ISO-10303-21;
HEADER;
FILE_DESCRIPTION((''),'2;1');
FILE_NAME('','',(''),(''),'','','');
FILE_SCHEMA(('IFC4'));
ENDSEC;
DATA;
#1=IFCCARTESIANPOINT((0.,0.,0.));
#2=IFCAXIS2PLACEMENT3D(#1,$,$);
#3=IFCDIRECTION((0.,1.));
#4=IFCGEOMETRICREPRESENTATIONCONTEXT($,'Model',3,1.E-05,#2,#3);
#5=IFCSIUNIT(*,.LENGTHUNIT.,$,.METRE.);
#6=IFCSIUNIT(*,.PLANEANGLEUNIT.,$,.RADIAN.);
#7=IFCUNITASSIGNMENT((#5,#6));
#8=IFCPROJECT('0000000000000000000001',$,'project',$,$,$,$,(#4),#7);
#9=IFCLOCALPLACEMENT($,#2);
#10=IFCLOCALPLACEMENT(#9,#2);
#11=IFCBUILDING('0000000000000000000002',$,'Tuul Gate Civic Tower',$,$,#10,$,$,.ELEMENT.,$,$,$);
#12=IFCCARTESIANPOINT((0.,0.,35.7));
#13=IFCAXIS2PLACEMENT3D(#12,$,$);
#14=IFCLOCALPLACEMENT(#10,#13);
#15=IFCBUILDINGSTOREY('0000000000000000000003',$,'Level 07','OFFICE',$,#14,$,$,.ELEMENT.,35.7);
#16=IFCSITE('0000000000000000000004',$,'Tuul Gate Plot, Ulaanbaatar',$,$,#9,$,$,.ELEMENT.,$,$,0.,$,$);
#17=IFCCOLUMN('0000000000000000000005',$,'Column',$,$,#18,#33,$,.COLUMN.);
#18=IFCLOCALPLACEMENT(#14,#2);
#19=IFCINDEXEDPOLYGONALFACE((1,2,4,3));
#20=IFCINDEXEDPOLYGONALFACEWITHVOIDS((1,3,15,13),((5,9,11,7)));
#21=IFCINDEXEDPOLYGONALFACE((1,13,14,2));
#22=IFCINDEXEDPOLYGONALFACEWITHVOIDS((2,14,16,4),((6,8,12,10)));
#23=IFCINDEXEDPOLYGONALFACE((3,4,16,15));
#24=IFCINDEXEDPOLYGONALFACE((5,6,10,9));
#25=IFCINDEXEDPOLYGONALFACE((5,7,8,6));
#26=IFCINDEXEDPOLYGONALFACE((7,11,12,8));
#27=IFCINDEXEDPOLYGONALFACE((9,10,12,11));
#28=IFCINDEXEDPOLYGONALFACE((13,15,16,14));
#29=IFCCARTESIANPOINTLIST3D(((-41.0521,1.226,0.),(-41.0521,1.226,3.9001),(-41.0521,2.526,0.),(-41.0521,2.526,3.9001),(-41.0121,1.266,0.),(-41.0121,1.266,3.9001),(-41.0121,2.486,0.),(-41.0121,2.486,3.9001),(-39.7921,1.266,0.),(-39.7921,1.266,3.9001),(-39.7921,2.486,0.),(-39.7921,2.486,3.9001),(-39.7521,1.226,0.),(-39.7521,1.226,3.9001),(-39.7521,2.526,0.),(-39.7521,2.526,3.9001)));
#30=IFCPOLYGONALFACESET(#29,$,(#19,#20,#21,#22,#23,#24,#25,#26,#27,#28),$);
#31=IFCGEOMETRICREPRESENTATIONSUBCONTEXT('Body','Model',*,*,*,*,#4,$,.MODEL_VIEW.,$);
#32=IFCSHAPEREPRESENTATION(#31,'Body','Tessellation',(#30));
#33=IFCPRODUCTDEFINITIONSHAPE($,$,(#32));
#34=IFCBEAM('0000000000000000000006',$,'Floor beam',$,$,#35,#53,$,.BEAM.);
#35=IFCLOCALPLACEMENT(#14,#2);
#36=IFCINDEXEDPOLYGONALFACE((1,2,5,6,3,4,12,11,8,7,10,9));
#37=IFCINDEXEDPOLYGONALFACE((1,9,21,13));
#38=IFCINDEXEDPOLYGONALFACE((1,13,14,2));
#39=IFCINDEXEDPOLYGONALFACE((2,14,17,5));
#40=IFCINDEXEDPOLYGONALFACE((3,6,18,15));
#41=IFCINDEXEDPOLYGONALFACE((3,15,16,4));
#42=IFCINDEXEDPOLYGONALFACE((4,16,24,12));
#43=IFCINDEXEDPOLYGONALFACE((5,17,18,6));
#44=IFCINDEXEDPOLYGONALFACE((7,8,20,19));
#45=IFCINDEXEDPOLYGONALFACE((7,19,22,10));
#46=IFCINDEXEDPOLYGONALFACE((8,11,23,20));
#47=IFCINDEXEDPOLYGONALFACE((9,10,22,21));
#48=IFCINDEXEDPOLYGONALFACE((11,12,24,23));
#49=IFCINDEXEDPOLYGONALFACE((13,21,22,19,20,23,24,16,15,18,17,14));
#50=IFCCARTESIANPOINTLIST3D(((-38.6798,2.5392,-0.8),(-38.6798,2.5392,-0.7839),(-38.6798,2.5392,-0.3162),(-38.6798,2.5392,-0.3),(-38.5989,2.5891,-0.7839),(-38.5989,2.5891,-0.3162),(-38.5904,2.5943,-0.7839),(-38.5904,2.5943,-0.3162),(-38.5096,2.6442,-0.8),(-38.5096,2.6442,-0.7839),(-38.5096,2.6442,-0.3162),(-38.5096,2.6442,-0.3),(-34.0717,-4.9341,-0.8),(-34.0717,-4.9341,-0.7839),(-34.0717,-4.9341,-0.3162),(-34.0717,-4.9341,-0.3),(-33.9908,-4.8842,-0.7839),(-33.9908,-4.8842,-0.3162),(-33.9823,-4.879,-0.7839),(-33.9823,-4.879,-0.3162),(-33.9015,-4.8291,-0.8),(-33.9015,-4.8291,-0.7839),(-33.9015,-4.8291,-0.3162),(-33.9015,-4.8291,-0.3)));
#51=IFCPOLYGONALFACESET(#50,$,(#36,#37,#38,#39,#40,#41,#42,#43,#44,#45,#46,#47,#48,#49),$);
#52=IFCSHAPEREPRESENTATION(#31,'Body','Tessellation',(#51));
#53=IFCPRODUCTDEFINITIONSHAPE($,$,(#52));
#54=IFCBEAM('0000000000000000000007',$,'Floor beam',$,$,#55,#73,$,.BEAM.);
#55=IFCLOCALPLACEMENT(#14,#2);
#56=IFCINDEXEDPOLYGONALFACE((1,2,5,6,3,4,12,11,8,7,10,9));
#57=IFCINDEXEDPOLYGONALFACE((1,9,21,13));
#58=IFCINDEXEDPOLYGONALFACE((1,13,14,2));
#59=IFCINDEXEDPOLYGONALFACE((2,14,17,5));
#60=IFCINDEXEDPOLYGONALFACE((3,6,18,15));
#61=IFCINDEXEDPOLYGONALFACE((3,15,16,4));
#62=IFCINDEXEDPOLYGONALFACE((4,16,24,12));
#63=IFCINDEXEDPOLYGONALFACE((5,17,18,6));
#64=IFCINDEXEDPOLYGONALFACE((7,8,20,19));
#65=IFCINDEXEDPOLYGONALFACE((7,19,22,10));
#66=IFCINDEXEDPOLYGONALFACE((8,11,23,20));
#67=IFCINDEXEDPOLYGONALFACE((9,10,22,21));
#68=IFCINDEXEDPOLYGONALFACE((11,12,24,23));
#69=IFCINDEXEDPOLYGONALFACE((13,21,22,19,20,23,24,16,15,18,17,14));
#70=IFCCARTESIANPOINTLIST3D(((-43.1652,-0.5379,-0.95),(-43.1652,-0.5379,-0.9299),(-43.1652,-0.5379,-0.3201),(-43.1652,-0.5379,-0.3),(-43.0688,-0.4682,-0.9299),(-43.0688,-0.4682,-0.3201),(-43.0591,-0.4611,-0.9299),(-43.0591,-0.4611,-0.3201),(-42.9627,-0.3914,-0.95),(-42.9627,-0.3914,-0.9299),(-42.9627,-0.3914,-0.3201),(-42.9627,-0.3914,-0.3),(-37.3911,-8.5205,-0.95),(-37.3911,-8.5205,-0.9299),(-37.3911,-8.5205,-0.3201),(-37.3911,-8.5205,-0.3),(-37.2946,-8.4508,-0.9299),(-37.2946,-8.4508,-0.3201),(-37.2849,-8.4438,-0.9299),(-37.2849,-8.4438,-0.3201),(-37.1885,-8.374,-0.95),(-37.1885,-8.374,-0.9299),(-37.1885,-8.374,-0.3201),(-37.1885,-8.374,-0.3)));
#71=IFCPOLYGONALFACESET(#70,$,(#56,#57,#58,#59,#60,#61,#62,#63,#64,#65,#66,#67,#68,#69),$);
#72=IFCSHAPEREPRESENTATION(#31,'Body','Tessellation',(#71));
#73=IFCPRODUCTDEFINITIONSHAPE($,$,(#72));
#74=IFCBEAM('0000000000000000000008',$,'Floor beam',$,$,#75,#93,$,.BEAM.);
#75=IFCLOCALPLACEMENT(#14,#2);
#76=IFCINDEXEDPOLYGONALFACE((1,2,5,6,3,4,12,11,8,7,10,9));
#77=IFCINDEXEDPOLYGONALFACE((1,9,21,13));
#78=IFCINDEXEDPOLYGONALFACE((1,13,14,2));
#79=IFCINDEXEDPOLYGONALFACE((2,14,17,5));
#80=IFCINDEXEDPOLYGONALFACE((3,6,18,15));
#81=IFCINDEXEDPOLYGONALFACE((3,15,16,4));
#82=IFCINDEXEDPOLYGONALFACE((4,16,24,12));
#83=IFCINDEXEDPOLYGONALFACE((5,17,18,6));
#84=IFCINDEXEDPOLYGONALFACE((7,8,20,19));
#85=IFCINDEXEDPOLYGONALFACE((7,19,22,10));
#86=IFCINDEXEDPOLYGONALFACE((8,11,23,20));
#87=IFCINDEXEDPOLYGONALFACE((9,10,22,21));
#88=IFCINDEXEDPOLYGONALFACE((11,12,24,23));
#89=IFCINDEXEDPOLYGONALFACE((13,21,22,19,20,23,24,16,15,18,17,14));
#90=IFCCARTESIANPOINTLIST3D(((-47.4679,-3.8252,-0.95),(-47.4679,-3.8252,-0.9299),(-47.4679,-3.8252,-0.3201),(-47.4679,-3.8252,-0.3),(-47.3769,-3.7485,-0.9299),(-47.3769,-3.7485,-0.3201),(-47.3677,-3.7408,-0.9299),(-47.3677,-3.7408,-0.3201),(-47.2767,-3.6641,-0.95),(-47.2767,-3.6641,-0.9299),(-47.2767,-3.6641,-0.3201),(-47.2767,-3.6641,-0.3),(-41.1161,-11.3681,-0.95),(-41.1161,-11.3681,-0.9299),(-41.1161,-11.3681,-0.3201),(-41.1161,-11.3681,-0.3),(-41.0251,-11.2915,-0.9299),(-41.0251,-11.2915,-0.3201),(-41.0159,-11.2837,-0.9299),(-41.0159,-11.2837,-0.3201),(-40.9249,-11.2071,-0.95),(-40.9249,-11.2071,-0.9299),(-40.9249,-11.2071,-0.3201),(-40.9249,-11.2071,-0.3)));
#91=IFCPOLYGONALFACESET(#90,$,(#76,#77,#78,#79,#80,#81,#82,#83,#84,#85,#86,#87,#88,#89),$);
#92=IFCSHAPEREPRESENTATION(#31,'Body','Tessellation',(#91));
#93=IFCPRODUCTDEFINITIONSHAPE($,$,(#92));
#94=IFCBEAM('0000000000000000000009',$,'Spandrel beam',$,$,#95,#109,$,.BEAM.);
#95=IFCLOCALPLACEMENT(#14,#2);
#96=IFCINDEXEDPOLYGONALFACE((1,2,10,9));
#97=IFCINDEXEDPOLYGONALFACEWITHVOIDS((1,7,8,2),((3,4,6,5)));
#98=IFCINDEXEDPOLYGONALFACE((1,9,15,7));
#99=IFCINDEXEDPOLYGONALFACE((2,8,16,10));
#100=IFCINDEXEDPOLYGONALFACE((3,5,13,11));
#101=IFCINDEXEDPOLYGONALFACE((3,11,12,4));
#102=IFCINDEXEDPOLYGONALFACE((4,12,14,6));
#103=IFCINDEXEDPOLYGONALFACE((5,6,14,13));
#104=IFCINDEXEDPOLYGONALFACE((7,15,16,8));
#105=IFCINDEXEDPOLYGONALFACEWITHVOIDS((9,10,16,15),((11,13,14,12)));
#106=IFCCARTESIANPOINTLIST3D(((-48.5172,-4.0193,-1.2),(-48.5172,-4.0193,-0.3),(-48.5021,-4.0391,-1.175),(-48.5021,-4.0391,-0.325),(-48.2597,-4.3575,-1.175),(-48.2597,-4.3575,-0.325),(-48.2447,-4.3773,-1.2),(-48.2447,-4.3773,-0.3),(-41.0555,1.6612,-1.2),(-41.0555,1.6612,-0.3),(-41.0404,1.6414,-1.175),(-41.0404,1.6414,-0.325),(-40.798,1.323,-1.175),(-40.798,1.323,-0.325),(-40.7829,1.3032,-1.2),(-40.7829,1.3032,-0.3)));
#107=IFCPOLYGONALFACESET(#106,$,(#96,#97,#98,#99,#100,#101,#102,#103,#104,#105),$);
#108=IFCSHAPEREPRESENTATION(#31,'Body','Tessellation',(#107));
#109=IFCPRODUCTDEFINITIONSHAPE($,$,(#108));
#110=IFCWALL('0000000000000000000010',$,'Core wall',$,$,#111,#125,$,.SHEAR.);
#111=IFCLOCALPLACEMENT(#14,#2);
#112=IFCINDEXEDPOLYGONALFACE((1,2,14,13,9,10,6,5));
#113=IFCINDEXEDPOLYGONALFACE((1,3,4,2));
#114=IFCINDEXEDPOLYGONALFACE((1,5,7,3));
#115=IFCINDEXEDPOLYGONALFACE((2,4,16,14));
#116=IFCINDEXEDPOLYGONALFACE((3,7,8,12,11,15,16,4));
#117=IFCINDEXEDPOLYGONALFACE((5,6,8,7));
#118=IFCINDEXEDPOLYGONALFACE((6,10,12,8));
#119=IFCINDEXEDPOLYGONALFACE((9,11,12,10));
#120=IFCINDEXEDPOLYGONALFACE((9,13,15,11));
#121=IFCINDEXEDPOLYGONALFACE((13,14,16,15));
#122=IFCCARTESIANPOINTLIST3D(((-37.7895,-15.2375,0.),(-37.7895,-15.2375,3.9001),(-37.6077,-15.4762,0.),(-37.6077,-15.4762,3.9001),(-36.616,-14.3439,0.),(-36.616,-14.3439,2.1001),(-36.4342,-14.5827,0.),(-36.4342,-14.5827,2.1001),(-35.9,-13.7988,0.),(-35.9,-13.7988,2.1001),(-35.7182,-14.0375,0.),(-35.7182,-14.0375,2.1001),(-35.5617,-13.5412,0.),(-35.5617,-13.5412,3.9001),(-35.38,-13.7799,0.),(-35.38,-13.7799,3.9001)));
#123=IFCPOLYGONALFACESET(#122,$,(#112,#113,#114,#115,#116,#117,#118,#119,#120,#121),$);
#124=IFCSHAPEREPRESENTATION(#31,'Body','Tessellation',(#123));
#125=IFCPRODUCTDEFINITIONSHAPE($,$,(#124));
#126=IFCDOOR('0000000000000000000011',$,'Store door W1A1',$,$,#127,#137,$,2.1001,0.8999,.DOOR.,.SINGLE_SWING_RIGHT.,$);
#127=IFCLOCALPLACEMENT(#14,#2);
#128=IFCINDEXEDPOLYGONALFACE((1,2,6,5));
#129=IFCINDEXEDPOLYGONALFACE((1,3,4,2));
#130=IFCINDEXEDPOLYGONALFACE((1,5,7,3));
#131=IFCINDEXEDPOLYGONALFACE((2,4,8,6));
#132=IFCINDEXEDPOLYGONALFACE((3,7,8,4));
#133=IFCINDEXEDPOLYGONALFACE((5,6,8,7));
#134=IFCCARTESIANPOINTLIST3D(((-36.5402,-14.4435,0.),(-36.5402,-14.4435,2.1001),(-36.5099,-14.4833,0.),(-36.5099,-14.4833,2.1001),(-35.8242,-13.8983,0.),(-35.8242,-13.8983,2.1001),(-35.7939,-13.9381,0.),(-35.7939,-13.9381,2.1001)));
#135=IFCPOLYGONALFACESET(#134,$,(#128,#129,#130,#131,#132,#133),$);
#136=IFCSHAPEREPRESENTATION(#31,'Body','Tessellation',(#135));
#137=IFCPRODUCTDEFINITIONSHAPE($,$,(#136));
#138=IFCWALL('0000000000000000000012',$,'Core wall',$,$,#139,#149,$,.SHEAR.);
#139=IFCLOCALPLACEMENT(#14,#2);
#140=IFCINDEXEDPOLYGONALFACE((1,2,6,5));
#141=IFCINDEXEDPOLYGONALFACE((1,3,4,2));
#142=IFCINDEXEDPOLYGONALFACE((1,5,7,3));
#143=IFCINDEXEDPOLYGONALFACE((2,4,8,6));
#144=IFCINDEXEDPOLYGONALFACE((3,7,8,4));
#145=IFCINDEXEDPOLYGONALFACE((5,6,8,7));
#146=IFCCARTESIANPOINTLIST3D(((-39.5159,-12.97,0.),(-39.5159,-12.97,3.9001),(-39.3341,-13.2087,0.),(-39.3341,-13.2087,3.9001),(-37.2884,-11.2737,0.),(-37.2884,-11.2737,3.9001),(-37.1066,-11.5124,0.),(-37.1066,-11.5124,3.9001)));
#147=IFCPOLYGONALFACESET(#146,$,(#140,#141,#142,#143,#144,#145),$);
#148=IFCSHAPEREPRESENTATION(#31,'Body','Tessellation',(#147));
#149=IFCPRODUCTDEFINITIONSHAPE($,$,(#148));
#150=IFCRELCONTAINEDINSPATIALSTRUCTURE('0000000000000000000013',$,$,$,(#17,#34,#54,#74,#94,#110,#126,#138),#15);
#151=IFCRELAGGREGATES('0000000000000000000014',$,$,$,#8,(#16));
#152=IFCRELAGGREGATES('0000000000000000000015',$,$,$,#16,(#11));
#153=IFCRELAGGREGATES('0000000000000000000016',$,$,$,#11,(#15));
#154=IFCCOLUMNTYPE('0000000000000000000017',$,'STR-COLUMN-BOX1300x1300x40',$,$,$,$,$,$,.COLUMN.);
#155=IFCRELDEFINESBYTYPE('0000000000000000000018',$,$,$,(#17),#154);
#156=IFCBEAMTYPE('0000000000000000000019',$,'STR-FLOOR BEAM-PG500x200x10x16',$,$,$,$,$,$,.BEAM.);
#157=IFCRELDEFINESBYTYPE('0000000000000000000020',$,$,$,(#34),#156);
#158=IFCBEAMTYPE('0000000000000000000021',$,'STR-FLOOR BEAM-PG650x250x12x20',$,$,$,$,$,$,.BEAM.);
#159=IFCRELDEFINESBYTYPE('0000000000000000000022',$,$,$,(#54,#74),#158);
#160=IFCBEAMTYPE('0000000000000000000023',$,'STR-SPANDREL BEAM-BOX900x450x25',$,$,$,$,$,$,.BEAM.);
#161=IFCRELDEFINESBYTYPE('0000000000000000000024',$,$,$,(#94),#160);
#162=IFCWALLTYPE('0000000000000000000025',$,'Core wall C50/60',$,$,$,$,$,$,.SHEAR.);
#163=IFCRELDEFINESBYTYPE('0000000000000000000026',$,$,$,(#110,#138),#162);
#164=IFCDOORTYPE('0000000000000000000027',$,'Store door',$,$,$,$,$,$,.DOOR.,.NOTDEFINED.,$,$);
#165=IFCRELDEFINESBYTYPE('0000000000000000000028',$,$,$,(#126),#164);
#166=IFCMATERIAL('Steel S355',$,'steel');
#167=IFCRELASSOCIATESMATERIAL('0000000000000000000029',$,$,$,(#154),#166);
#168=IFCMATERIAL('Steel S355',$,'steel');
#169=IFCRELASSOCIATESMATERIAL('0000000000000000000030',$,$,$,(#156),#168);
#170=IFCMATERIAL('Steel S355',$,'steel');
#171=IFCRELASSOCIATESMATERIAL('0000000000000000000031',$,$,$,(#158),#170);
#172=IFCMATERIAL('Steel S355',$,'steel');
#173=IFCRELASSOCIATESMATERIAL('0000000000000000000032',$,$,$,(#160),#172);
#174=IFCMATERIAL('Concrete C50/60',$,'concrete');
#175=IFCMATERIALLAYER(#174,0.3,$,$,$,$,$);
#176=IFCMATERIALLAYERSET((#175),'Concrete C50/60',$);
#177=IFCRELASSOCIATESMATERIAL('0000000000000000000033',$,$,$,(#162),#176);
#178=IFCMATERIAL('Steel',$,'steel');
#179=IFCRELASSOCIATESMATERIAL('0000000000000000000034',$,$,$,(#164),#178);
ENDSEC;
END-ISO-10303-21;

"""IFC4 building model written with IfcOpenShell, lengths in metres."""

from ifc_helpers import new_model, si_unit, direction, frame, frame_2d, origin, origin_2d, place, context, subcontext, project, spatial, rectangle, hollow_rectangle, i_section, extrude, material, layer, layer_set, material_profile, profile_set, type_object, element, fill, save


model = new_model("IFC4")

# Units and contexts
model_context = context("Model", 3, precision=1e-05, world=origin(), true_north=direction((0.0, 1.0)))
body_context = subcontext(model_context, "Body", "Model", "MODEL_VIEW")
ifc_project = project(units=[si_unit("LENGTHUNIT", "METRE"), si_unit("PLANEANGLEUNIT", "RADIAN")], contexts=[model_context])

# Site, building, storey
site_placement = place(None, origin())
site = spatial("IfcSite", under=ifc_project, at=site_placement, Name="Tuul Gate Plot, Ulaanbaatar", CompositionType="ELEMENT", RefElevation=0.0)
building_placement = place(site_placement, origin())
building = spatial("IfcBuilding", under=site, at=building_placement, Name="Tuul Gate Civic Tower", CompositionType="ELEMENT")
storey_placement = place(building_placement, frame((0.0, 0.0, 35.7)))
storey = spatial("IfcBuildingStorey", under=building, at=storey_placement, Name="Level 07", Description="OFFICE", CompositionType="ELEMENT", Elevation=35.7)

# Column
ifc_material_1 = material(Name="Steel S355", Category="steel")
ifc_material_profile_1 = material_profile(ifc_material_1, hollow_rectangle(XDim=1.3, YDim=1.3, WallThickness=0.04, at=origin_2d()), Name="BOX1300x1300x40")
ifc_profile_set_1 = profile_set([ifc_material_profile_1], Name="Steel S355")
column_type = type_object("IfcColumnType", Name="STR-COLUMN-BOX1300x1300x40", PredefinedType="COLUMN", material=ifc_profile_set_1)
column_placement = place(storey_placement, frame((-40.4021, 1.876, 0.0), z_axis=(0.0, 0.0, 1.0), x_axis=(1.0, 0.0, 0.0)))
element("IfcColumn", 1, at=column_placement, inside=storey, type_object=column_type, Name="Column", PredefinedType="COLUMN", context=body_context, shape_type="SweptSolid", body=[
    extrude(hollow_rectangle(XDim=1.3, YDim=1.3, WallThickness=0.04, at=origin_2d()), origin(), (0.0, 0.0, 1.0), 3.9001),
])

# Beams
ifc_material_2 = material(Name="Steel S355", Category="steel")
ifc_material_profile_2 = material_profile(ifc_material_2, i_section(OverallWidth=0.2, OverallDepth=0.5, WebThickness=0.01, FlangeThickness=0.0161, at=origin_2d()), Name="PG500x200x10x16")
ifc_profile_set_2 = profile_set([ifc_material_profile_2], Name="Steel S355")
beam_type_1 = type_object("IfcBeamType", Name="STR-FLOOR BEAM-PG500x200x10x16", PredefinedType="BEAM", material=ifc_profile_set_2)
beam_1_placement = place(storey_placement, frame((-33.9866, -4.8816, -0.55), z_axis=(-0.524853, 0.851193, 0.0), x_axis=(-0.851193, -0.524853, 0.0)))
element("IfcBeam", 2, at=beam_1_placement, inside=storey, type_object=beam_type_1, Name="Floor beam", PredefinedType="BEAM", context=body_context, shape_type="SweptSolid", body=[
    extrude(i_section(OverallWidth=0.2, OverallDepth=0.5, WebThickness=0.01, FlangeThickness=0.0161, at=origin_2d()), origin(), (0.0, 0.0, 1.0), 8.7798),
])
ifc_material_3 = material(Name="Steel S355", Category="steel")
ifc_material_profile_3 = material_profile(ifc_material_3, i_section(OverallWidth=0.25, OverallDepth=0.6499, WebThickness=0.012, FlangeThickness=0.02, at=origin_2d()), Name="PG650x250x12x20")
ifc_profile_set_3 = profile_set([ifc_material_profile_3], Name="Steel S355")
beam_type_2 = type_object("IfcBeamType", Name="STR-FLOOR BEAM-PG650x250x12x20", PredefinedType="BEAM", material=ifc_profile_set_3)
beam_2_placement = place(storey_placement, frame((-37.2898, -8.4473, -0.625), z_axis=(-0.586085, 0.81025, 0.0), x_axis=(-0.81025, -0.586085, 0.0)))
element("IfcBeam", 3, at=beam_2_placement, inside=storey, type_object=beam_type_2, Name="Floor beam", PredefinedType="BEAM", context=body_context, shape_type="SweptSolid", body=[
    extrude(i_section(OverallWidth=0.25, OverallDepth=0.6499, WebThickness=0.012, FlangeThickness=0.02, at=origin_2d()), origin(), (0.0, 0.0, 1.0), 9.8521),
])
beam_3_placement = place(storey_placement, frame((-41.0205, -11.2876, -0.625), z_axis=(-0.644126, 0.76492, 0.0), x_axis=(-0.76492, -0.644126, 0.0)))
element("IfcBeam", 4, at=beam_3_placement, inside=storey, type_object=beam_type_2, Name="Floor beam", PredefinedType="BEAM", context=body_context, shape_type="SweptSolid", body=[
    extrude(i_section(OverallWidth=0.25, OverallDepth=0.6499, WebThickness=0.012, FlangeThickness=0.02, at=origin_2d()), origin(), (0.0, 0.0, 1.0), 9.8611),
])
ifc_material_4 = material(Name="Steel S355", Category="steel")
ifc_material_profile_4 = material_profile(ifc_material_4, hollow_rectangle(XDim=0.45, YDim=0.8999, WallThickness=0.0249, at=origin_2d()), Name="BOX900x450x25")
ifc_profile_set_4 = profile_set([ifc_material_profile_4], Name="Steel S355")
beam_type_3 = type_object("IfcBeamType", Name="STR-SPANDREL BEAM-BOX900x450x25", PredefinedType="BEAM", material=ifc_profile_set_4)
beam_4_placement = place(storey_placement, frame((-40.9192, 1.4822, -0.75), z_axis=(-0.795671, -0.605729, 0.0), x_axis=(0.605729, -0.795671, 0.0)))
element("IfcBeam", 5, at=beam_4_placement, inside=storey, type_object=beam_type_3, Name="Spandrel beam", PredefinedType="BEAM", context=body_context, shape_type="SweptSolid", body=[
    extrude(hollow_rectangle(XDim=0.45, YDim=0.8999, WallThickness=0.0249, at=origin_2d()), origin(), (0.0, 0.0, 1.0), 9.3779),
])

# Wall, opening, door
ifc_material_5 = material(Name="Concrete C50/60", Category="concrete")
ifc_layer_1 = layer(ifc_material_5, 0.3)
ifc_layer_set_1 = layer_set([ifc_layer_1], Name="Concrete C50/60")
wall_type_1 = type_object("IfcWallType", Name="Core wall C50/60", PredefinedType="SHEAR", material=ifc_layer_set_1)
wall_1_placement = place(storey_placement, frame((-35.4709, -13.6606, 0.0), z_axis=(0.0, 0.0, 1.0), x_axis=(-0.795616, -0.605802, 0.0)))
wall_1 = element("IfcWall", 6, at=wall_1_placement, inside=storey, type_object=wall_type_1, Name="Core wall", PredefinedType="SHEAR", context=body_context, shape_type="SweptSolid", body=[
    extrude(rectangle(XDim=2.8, YDim=0.3, at=frame_2d((1.3999, 0.0))), origin(), (0.0, 0.0, 1.0), 3.9001),
])
opening_1_placement = place(wall_1_placement, frame((0.425, 0.0, 0.0)))
opening_1 = element("IfcOpeningElement", 7, at=opening_1_placement, cuts=wall_1, PredefinedType="OPENING", context=body_context, shape_type="SweptSolid", body=[
    extrude(rectangle(XDim=0.8999, YDim=2.1001, at=frame_2d((0.45, 1.05))), frame((0.0, 0.1602, 0.0), z_axis=(0.0, -1.0, 0.0), x_axis=(1.0, 0.0, 0.0)), (0.0, 0.0, 1.0), 0.3201),
])
ifc_material_6 = material(Name="Steel", Category="steel")
door_type_1 = type_object("IfcDoorType", Name="Store door", OperationType="NOTDEFINED", PredefinedType="DOOR", material=ifc_material_6)
door_1_placement = place(opening_1_placement, frame((0.8999, 0.0, 0.0), z_axis=(0.0, 0.0, 1.0), x_axis=(-1.0, 0.0, 0.0)))
door_1 = element("IfcDoor", 8, at=door_1_placement, inside=storey, type_object=door_type_1, Name="Store door W1A1", OperationType="SINGLE_SWING_RIGHT", OverallHeight=2.1001, OverallWidth=0.8999, PredefinedType="DOOR", context=body_context, shape_type="SweptSolid", body=[
    extrude(rectangle(XDim=0.8999, YDim=2.1001, at=frame_2d((0.45, 1.05))), frame((0.0, 0.0249, 0.0), z_axis=(0.0, -1.0, 0.0), x_axis=(1.0, 0.0, 0.0)), (0.0, 0.0, 1.0), 0.05),
])
fill(opening_1, door_1)

# Wall
wall_2_placement = place(storey_placement, frame((-37.1975, -11.3931, 0.0), z_axis=(0.0, 0.0, 1.0), x_axis=(-0.795584, -0.605844, 0.0)))
element("IfcWall", 9, at=wall_2_placement, inside=storey, type_object=wall_type_1, Name="Core wall", PredefinedType="SHEAR", context=body_context, shape_type="SweptSolid", body=[
    extrude(rectangle(XDim=2.7998, YDim=0.3, at=frame_2d((1.3999, 0.0))), origin(), (0.0, 0.0, 1.0), 3.9001),
])

save(model, "model.ifc")
